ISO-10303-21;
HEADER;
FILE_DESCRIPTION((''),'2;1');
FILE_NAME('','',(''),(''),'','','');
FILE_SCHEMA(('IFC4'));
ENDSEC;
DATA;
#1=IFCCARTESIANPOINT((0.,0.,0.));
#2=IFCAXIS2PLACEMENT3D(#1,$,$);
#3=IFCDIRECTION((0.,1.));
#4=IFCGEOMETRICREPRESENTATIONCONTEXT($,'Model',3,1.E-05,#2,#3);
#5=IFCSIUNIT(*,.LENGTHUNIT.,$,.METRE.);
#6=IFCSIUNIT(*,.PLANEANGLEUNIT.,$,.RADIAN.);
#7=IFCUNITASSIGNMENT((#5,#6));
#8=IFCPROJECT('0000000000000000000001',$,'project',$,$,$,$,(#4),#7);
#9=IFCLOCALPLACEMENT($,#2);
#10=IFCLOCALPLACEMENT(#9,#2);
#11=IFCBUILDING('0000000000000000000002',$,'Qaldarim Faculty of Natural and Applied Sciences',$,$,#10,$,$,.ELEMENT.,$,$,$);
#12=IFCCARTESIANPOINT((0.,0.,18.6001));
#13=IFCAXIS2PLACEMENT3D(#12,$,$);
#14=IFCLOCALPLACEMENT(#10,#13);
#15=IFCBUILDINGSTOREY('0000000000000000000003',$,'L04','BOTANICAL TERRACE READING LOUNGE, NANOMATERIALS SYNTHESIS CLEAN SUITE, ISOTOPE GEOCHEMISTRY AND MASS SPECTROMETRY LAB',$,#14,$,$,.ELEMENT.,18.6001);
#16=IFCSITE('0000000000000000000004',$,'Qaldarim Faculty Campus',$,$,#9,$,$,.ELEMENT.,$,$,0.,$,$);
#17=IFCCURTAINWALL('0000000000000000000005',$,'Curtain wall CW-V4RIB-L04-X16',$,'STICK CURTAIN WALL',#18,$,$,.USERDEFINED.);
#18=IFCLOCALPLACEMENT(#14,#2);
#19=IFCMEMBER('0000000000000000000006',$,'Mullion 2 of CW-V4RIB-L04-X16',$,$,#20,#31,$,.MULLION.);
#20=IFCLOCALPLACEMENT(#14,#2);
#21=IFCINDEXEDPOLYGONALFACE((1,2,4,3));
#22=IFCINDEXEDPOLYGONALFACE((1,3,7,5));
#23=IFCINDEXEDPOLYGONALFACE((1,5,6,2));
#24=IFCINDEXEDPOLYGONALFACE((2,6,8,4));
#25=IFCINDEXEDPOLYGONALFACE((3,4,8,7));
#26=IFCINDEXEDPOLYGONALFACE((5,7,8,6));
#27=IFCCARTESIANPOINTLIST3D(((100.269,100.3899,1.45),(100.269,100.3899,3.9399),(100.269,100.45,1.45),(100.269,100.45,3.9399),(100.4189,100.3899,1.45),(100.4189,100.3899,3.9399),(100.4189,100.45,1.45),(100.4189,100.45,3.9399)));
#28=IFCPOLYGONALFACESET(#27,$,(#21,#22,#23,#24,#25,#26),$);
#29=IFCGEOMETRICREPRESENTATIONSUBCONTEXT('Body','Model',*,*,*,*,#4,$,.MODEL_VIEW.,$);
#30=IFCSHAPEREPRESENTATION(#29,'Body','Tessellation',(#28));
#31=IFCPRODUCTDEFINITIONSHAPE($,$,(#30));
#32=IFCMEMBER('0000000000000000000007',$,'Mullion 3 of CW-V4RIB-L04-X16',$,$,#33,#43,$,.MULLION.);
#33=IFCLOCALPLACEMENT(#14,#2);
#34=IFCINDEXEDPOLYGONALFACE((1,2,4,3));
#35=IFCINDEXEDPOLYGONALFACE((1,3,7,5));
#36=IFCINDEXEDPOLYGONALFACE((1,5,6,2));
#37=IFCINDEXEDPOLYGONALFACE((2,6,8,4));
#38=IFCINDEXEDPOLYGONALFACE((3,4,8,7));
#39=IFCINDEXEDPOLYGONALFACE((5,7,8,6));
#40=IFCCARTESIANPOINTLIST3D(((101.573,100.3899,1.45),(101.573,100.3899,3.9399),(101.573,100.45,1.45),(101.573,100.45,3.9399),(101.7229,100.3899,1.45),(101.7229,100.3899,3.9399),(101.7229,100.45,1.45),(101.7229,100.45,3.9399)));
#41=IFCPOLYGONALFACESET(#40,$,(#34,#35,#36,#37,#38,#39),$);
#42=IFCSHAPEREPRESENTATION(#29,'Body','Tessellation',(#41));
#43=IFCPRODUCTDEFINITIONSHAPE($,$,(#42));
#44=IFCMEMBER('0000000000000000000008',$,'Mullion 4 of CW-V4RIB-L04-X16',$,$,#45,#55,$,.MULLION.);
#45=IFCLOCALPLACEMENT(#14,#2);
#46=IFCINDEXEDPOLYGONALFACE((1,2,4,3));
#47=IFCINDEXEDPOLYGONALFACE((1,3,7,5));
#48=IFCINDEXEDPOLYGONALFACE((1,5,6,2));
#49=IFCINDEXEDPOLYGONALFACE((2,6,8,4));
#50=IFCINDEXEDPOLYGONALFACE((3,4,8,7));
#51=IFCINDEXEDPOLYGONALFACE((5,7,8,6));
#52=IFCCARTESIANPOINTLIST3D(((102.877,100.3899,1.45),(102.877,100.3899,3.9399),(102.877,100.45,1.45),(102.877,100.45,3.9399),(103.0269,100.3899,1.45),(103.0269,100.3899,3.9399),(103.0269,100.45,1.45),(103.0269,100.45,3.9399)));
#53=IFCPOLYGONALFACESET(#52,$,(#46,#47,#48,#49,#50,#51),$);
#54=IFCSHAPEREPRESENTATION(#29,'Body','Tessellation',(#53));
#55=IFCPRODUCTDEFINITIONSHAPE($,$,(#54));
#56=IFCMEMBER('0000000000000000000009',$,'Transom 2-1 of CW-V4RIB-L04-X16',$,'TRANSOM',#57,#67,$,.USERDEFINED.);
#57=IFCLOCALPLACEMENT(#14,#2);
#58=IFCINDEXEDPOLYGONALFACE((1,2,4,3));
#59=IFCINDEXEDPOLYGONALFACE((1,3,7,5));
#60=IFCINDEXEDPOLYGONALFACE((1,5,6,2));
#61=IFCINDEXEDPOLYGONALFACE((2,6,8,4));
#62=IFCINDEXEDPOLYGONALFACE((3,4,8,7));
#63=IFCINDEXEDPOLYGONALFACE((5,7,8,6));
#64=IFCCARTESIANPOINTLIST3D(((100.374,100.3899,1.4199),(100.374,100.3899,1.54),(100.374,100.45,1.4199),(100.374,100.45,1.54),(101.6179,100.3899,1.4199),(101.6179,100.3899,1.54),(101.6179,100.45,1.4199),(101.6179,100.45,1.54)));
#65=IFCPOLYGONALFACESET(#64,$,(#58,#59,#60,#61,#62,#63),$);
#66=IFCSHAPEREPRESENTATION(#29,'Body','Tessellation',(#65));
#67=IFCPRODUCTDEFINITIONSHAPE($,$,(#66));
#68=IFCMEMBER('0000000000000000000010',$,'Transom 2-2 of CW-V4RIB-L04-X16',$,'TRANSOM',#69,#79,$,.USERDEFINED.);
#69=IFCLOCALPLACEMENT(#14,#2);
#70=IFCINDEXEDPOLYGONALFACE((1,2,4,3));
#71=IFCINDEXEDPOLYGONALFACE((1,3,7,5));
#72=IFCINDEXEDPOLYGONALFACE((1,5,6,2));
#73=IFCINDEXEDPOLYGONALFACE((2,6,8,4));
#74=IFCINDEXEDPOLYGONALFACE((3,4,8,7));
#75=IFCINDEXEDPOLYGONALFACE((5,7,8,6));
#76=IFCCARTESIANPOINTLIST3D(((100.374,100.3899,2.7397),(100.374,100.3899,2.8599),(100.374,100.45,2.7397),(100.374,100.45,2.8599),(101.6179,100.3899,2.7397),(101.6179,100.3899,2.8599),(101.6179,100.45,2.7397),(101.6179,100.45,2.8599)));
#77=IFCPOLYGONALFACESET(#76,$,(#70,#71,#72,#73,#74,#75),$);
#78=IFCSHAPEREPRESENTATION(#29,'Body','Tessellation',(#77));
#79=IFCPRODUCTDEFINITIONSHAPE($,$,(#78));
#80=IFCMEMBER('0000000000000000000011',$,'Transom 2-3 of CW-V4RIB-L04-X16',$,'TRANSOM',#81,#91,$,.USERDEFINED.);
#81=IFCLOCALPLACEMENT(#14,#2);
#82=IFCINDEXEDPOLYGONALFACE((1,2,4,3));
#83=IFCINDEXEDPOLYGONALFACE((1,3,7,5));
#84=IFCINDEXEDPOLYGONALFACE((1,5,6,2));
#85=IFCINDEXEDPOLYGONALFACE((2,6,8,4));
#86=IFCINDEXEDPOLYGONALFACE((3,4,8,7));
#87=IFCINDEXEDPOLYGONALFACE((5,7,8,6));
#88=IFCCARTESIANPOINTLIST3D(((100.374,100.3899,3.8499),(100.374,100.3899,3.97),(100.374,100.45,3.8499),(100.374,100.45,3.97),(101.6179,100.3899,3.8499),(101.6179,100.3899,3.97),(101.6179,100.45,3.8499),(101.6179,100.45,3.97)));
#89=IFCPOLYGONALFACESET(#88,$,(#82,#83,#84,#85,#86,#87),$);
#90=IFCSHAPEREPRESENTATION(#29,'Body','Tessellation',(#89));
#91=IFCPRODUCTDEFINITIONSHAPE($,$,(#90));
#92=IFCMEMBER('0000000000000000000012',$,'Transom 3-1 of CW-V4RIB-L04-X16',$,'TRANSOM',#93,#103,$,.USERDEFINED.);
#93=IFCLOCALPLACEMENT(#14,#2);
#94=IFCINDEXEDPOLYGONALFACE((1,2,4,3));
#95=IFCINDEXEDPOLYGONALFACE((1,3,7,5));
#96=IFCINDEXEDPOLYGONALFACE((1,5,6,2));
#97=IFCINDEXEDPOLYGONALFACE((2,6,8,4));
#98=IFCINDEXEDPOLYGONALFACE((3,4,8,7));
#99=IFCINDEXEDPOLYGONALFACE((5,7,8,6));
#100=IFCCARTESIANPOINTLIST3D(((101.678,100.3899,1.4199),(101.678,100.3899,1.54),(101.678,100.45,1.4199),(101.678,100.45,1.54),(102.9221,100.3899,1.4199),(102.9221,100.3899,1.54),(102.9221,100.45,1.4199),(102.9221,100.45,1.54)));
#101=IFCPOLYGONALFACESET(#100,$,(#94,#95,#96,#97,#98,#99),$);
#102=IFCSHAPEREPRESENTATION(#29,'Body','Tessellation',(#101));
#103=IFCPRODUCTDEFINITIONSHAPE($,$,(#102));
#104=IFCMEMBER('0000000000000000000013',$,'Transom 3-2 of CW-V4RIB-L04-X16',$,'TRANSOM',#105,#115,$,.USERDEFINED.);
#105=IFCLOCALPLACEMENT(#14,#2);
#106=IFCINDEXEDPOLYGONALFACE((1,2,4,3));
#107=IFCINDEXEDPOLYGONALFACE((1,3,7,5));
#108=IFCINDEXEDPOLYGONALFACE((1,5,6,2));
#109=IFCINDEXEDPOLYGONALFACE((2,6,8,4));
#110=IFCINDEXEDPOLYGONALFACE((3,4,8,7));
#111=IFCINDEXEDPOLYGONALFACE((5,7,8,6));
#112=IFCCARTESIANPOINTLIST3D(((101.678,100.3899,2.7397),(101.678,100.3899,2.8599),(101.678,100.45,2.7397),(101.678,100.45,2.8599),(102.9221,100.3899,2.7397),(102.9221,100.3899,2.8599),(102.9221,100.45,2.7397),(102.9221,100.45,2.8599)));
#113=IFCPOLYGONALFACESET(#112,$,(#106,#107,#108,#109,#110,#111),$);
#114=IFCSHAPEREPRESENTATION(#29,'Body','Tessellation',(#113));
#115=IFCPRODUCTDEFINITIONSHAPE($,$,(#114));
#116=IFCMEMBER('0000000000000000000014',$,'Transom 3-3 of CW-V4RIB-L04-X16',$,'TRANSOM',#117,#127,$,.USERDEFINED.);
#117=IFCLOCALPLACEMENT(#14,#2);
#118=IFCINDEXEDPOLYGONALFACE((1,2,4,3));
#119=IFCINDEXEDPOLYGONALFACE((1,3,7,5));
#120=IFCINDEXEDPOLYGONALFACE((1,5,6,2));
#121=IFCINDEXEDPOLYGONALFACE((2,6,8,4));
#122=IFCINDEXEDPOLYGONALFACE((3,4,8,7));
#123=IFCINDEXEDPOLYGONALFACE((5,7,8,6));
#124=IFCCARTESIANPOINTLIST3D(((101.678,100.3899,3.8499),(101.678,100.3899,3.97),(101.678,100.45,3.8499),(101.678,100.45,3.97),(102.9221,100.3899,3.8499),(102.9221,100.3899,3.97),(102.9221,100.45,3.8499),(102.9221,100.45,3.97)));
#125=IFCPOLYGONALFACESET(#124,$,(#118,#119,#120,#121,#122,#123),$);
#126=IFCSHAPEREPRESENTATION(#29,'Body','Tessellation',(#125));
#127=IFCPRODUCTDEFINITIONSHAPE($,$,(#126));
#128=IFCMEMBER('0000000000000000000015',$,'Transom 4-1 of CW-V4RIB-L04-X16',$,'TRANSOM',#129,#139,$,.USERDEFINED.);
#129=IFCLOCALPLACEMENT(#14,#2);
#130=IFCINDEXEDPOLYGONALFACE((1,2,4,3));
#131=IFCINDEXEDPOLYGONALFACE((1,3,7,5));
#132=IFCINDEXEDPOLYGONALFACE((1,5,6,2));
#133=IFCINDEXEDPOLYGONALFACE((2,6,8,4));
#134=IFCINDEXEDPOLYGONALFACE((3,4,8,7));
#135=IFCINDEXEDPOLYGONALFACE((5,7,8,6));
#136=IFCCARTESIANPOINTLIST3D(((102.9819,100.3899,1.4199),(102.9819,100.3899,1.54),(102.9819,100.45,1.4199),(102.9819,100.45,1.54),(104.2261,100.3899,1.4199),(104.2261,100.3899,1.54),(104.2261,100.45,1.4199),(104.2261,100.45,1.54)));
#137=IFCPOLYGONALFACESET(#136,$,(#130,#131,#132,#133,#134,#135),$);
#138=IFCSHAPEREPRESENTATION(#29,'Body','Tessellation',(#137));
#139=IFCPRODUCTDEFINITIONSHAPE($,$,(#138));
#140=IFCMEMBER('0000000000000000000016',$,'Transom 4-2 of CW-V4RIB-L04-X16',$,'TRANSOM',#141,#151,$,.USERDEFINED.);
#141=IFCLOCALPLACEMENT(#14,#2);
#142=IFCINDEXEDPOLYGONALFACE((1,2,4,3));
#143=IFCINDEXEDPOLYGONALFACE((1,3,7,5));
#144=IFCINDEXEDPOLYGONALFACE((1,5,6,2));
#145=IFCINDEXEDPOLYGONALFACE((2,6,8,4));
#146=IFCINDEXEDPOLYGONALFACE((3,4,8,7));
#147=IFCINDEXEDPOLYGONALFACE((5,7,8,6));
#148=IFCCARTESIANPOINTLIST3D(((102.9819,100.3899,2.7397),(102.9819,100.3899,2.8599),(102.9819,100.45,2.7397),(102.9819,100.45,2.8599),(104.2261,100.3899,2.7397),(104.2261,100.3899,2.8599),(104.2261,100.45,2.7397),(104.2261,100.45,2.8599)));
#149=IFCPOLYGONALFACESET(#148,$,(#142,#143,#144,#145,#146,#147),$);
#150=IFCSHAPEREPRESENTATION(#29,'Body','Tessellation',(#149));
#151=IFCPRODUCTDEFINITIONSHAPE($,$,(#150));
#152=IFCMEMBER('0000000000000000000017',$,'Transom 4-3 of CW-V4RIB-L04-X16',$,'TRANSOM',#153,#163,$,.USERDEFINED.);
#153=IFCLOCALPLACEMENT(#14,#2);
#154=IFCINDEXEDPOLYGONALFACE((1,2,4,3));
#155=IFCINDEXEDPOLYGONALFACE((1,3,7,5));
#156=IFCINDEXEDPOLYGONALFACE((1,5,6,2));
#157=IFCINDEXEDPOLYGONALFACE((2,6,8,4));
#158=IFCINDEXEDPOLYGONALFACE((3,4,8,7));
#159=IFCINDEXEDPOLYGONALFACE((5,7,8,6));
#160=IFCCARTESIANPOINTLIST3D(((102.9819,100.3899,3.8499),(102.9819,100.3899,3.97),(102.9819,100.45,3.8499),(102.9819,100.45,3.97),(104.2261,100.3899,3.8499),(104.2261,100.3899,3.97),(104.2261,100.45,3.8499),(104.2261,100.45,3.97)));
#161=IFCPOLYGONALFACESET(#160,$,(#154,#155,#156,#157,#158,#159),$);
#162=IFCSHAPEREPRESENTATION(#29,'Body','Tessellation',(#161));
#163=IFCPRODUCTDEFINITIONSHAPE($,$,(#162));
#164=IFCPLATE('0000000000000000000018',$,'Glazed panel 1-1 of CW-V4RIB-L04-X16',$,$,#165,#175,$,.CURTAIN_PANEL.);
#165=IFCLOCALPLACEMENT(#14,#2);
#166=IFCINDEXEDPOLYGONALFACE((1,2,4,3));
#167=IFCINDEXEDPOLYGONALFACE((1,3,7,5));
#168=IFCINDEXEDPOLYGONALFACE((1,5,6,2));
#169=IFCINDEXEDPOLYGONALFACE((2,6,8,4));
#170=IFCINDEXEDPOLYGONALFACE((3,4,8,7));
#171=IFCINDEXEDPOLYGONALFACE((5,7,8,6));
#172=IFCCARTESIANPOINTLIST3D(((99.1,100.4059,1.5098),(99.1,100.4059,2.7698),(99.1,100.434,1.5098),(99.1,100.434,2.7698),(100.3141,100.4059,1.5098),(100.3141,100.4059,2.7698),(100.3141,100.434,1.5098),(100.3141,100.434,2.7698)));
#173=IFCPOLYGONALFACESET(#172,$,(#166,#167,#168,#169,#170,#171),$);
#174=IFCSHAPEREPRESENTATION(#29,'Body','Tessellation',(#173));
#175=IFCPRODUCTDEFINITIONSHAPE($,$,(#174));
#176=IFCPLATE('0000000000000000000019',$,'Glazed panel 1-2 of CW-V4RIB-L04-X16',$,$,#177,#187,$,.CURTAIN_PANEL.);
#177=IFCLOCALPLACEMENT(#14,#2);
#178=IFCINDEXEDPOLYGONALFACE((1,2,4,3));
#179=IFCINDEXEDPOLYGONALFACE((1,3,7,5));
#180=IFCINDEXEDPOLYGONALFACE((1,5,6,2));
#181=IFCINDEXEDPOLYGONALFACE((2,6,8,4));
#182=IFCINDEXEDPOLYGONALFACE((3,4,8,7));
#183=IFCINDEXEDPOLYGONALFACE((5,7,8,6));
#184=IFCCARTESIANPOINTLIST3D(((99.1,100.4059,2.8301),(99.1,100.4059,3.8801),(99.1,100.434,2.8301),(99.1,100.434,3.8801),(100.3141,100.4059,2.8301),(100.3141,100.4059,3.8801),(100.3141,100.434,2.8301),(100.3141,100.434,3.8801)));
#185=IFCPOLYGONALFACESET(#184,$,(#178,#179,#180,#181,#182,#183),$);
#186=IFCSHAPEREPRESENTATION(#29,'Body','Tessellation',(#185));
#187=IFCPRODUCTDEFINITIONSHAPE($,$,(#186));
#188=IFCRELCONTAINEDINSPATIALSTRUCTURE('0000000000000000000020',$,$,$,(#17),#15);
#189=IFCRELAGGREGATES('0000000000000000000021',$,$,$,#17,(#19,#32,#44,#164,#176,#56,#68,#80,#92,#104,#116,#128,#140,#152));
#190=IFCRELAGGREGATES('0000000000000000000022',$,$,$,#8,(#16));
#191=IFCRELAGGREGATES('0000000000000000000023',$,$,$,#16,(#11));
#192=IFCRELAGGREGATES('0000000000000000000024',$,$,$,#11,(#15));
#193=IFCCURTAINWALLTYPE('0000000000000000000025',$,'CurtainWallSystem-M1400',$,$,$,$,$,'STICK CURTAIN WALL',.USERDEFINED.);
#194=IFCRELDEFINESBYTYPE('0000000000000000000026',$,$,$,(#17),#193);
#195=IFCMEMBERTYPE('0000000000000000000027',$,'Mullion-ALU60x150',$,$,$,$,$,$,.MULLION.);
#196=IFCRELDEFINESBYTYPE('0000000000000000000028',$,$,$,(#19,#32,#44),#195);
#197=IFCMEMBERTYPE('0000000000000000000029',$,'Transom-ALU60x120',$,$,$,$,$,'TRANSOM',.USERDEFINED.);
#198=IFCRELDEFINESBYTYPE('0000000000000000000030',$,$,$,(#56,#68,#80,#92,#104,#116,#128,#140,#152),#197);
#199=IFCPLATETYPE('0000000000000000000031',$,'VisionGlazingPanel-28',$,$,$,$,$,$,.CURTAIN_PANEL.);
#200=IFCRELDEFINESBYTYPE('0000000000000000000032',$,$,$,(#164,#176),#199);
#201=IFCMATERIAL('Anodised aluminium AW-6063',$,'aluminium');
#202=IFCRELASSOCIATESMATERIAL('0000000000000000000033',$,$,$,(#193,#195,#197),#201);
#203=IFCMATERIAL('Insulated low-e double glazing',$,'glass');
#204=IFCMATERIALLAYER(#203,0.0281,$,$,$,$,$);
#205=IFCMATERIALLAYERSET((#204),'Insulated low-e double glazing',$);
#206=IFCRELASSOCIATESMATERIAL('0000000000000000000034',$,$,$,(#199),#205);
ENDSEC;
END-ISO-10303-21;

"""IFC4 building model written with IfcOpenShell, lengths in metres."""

from ifc_helpers import new_model, si_unit, direction, frame, origin, origin_2d, place, context, subcontext, project, spatial, rectangle, extrude, material, layer, layer_set, material_profile, profile_set, type_object, element, aggregate, save


model = new_model("IFC4")

# Units and contexts
model_context = context("Model", 3, precision=1e-05, world=origin(), true_north=direction((0.0, 1.0)))
body_context = subcontext(model_context, "Body", "Model", "MODEL_VIEW")
ifc_project = project(units=[si_unit("LENGTHUNIT", "METRE"), si_unit("PLANEANGLEUNIT", "RADIAN")], contexts=[model_context])

# Site, building, storey
site_placement = place(None, origin())
site = spatial("IfcSite", under=ifc_project, at=site_placement, Name="Qaldarim Faculty Campus", CompositionType="ELEMENT", RefElevation=0.0)
building_placement = place(site_placement, origin())
building = spatial("IfcBuilding", under=site, at=building_placement, Name="Qaldarim Faculty of Natural and Applied Sciences", CompositionType="ELEMENT")
storey_placement = place(building_placement, frame((0.0, 0.0, 18.6001)))
storey = spatial("IfcBuildingStorey", under=building, at=storey_placement, Name="L04", Description="BOTANICAL TERRACE READING LOUNGE, NANOMATERIALS SYNTHESIS CLEAN SUITE, ISOTOPE GEOCHEMISTRY AND MASS SPECTROMETRY LAB", CompositionType="ELEMENT", Elevation=18.6001)

# Curtain wall, members, plates
ifc_material_1 = material(Name="Anodised aluminium AW-6063", Category="aluminium")
curtain_wall_type = type_object("IfcCurtainWallType", Name="CurtainWallSystem-M1400", ElementType="STICK CURTAIN WALL", PredefinedType="USERDEFINED", material=ifc_material_1)
curtain_wall_placement = place(storey_placement, origin())
curtain_wall = element("IfcCurtainWall", 1, at=curtain_wall_placement, inside=storey, type_object=curtain_wall_type, Name="Curtain wall CW-V4RIB-L04-X16", ObjectType="STICK CURTAIN WALL", PredefinedType="USERDEFINED")
ifc_material_profile_1 = material_profile(ifc_material_1, rectangle(XDim=0.0601, YDim=0.1499, at=origin_2d()), Name="ALU-M60x150")
ifc_profile_set_1 = profile_set([ifc_material_profile_1], Name="Anodised aluminium AW-6063")
member_type_1 = type_object("IfcMemberType", Name="Mullion-ALU60x150", PredefinedType="MULLION", material=ifc_profile_set_1)
member_1_placement = place(storey_placement, frame((100.344, 100.4199, 1.45), z_axis=(0.0, 0.0, 1.0), x_axis=(0.0, 1.0, 0.0)))
member_1 = element("IfcMember", 2, at=member_1_placement, type_object=member_type_1, Name="Mullion 2 of CW-V4RIB-L04-X16", PredefinedType="MULLION", context=body_context, shape_type="SweptSolid", body=[
    extrude(rectangle(XDim=0.0601, YDim=0.1499, at=origin_2d()), origin(), (0.0, 0.0, 1.0), 2.49),
])
member_2_placement = place(storey_placement, frame((101.6479, 100.4199, 1.45), z_axis=(0.0, 0.0, 1.0), x_axis=(0.0, 1.0, 0.0)))
member_2 = element("IfcMember", 3, at=member_2_placement, type_object=member_type_1, Name="Mullion 3 of CW-V4RIB-L04-X16", PredefinedType="MULLION", context=body_context, shape_type="SweptSolid", body=[
    extrude(rectangle(XDim=0.0601, YDim=0.1499, at=origin_2d()), origin(), (0.0, 0.0, 1.0), 2.49),
])
member_3_placement = place(storey_placement, frame((102.9519, 100.4199, 1.45), z_axis=(0.0, 0.0, 1.0), x_axis=(0.0, 1.0, 0.0)))
member_3 = element("IfcMember", 4, at=member_3_placement, type_object=member_type_1, Name="Mullion 4 of CW-V4RIB-L04-X16", PredefinedType="MULLION", context=body_context, shape_type="SweptSolid", body=[
    extrude(rectangle(XDim=0.0601, YDim=0.1499, at=origin_2d()), origin(), (0.0, 0.0, 1.0), 2.49),
])
ifc_material_profile_2 = material_profile(ifc_material_1, rectangle(XDim=0.0601, YDim=0.1201, at=origin_2d()), Name="ALU-T60x120")
ifc_profile_set_2 = profile_set([ifc_material_profile_2], Name="Anodised aluminium AW-6063")
member_type_2 = type_object("IfcMemberType", Name="Transom-ALU60x120", ElementType="TRANSOM", PredefinedType="USERDEFINED", material=ifc_profile_set_2)
member_4_placement = place(storey_placement, frame((100.374, 100.4199, 1.48), z_axis=(1.0, 0.0, 0.0), x_axis=(0.0, 1.0, 0.0)))
member_4 = element("IfcMember", 5, at=member_4_placement, type_object=member_type_2, Name="Transom 2-1 of CW-V4RIB-L04-X16", ObjectType="TRANSOM", PredefinedType="USERDEFINED", context=body_context, shape_type="SweptSolid", body=[
    extrude(rectangle(XDim=0.0601, YDim=0.1201, at=origin_2d()), origin(), (0.0, 0.0, 1.0), 1.2439),
])
member_5_placement = place(storey_placement, frame((100.374, 100.4199, 2.7998), z_axis=(1.0, 0.0, 0.0), x_axis=(0.0, 1.0, 0.0)))
member_5 = element("IfcMember", 6, at=member_5_placement, type_object=member_type_2, Name="Transom 2-2 of CW-V4RIB-L04-X16", ObjectType="TRANSOM", PredefinedType="USERDEFINED", context=body_context, shape_type="SweptSolid", body=[
    extrude(rectangle(XDim=0.0601, YDim=0.1201, at=origin_2d()), origin(), (0.0, 0.0, 1.0), 1.2439),
])
member_6_placement = place(storey_placement, frame((100.374, 100.4199, 3.9099), z_axis=(1.0, 0.0, 0.0), x_axis=(0.0, 1.0, 0.0)))
member_6 = element("IfcMember", 7, at=member_6_placement, type_object=member_type_2, Name="Transom 2-3 of CW-V4RIB-L04-X16", ObjectType="TRANSOM", PredefinedType="USERDEFINED", context=body_context, shape_type="SweptSolid", body=[
    extrude(rectangle(XDim=0.0601, YDim=0.1201, at=origin_2d()), origin(), (0.0, 0.0, 1.0), 1.2439),
])
member_7_placement = place(storey_placement, frame((101.678, 100.4199, 1.48), z_axis=(1.0, 0.0, 0.0), x_axis=(0.0, 1.0, 0.0)))
member_7 = element("IfcMember", 8, at=member_7_placement, type_object=member_type_2, Name="Transom 3-1 of CW-V4RIB-L04-X16", ObjectType="TRANSOM", PredefinedType="USERDEFINED", context=body_context, shape_type="SweptSolid", body=[
    extrude(rectangle(XDim=0.0601, YDim=0.1201, at=origin_2d()), origin(), (0.0, 0.0, 1.0), 1.2441),
])
member_8_placement = place(storey_placement, frame((101.678, 100.4199, 2.7998), z_axis=(1.0, 0.0, 0.0), x_axis=(0.0, 1.0, 0.0)))
member_8 = element("IfcMember", 9, at=member_8_placement, type_object=member_type_2, Name="Transom 3-2 of CW-V4RIB-L04-X16", ObjectType="TRANSOM", PredefinedType="USERDEFINED", context=body_context, shape_type="SweptSolid", body=[
    extrude(rectangle(XDim=0.0601, YDim=0.1201, at=origin_2d()), origin(), (0.0, 0.0, 1.0), 1.2441),
])
member_9_placement = place(storey_placement, frame((101.678, 100.4199, 3.9099), z_axis=(1.0, 0.0, 0.0), x_axis=(0.0, 1.0, 0.0)))
member_9 = element("IfcMember", 10, at=member_9_placement, type_object=member_type_2, Name="Transom 3-3 of CW-V4RIB-L04-X16", ObjectType="TRANSOM", PredefinedType="USERDEFINED", context=body_context, shape_type="SweptSolid", body=[
    extrude(rectangle(XDim=0.0601, YDim=0.1201, at=origin_2d()), origin(), (0.0, 0.0, 1.0), 1.2441),
])
member_10_placement = place(storey_placement, frame((102.9819, 100.4199, 1.48), z_axis=(1.0, 0.0, 0.0), x_axis=(0.0, 1.0, 0.0)))
member_10 = element("IfcMember", 11, at=member_10_placement, type_object=member_type_2, Name="Transom 4-1 of CW-V4RIB-L04-X16", ObjectType="TRANSOM", PredefinedType="USERDEFINED", context=body_context, shape_type="SweptSolid", body=[
    extrude(rectangle(XDim=0.0601, YDim=0.1201, at=origin_2d()), origin(), (0.0, 0.0, 1.0), 1.2441),
])
member_11_placement = place(storey_placement, frame((102.9819, 100.4199, 2.7998), z_axis=(1.0, 0.0, 0.0), x_axis=(0.0, 1.0, 0.0)))
member_11 = element("IfcMember", 12, at=member_11_placement, type_object=member_type_2, Name="Transom 4-2 of CW-V4RIB-L04-X16", ObjectType="TRANSOM", PredefinedType="USERDEFINED", context=body_context, shape_type="SweptSolid", body=[
    extrude(rectangle(XDim=0.0601, YDim=0.1201, at=origin_2d()), origin(), (0.0, 0.0, 1.0), 1.2441),
])
member_12_placement = place(storey_placement, frame((102.9819, 100.4199, 3.9099), z_axis=(1.0, 0.0, 0.0), x_axis=(0.0, 1.0, 0.0)))
member_12 = element("IfcMember", 13, at=member_12_placement, type_object=member_type_2, Name="Transom 4-3 of CW-V4RIB-L04-X16", ObjectType="TRANSOM", PredefinedType="USERDEFINED", context=body_context, shape_type="SweptSolid", body=[
    extrude(rectangle(XDim=0.0601, YDim=0.1201, at=origin_2d()), origin(), (0.0, 0.0, 1.0), 1.2441),
])
ifc_material_2 = material(Name="Insulated low-e double glazing", Category="glass")
ifc_layer_1 = layer(ifc_material_2, 0.0281)
ifc_layer_set_1 = layer_set([ifc_layer_1], Name="Insulated low-e double glazing")
plate_type = type_object("IfcPlateType", Name="VisionGlazingPanel-28", PredefinedType="CURTAIN_PANEL", material=ifc_layer_set_1)
plate_1_placement = place(storey_placement, frame((99.707, 100.4199, 1.5098), z_axis=(0.0, 0.0, 1.0), x_axis=(1.0, 0.0, 0.0)))
plate_1 = element("IfcPlate", 14, at=plate_1_placement, type_object=plate_type, Name="Glazed panel 1-1 of CW-V4RIB-L04-X16", PredefinedType="CURTAIN_PANEL", context=body_context, shape_type="SweptSolid", body=[
    extrude(rectangle(XDim=1.2141, YDim=0.0281, at=origin_2d()), origin(), (0.0, 0.0, 1.0), 1.26),
])
plate_2_placement = place(storey_placement, frame((99.707, 100.4199, 2.8301), z_axis=(0.0, 0.0, 1.0), x_axis=(1.0, 0.0, 0.0)))
plate_2 = element("IfcPlate", 15, at=plate_2_placement, type_object=plate_type, Name="Glazed panel 1-2 of CW-V4RIB-L04-X16", PredefinedType="CURTAIN_PANEL", context=body_context, shape_type="SweptSolid", body=[
    extrude(rectangle(XDim=1.2141, YDim=0.0281, at=origin_2d()), origin(), (0.0, 0.0, 1.0), 1.05),
])
aggregate(curtain_wall, [member_1, member_2, member_3, plate_1, plate_2, member_4, member_5, member_6, member_7, member_8, member_9, member_10, member_11, member_12])

save(model, "model.ifc")
